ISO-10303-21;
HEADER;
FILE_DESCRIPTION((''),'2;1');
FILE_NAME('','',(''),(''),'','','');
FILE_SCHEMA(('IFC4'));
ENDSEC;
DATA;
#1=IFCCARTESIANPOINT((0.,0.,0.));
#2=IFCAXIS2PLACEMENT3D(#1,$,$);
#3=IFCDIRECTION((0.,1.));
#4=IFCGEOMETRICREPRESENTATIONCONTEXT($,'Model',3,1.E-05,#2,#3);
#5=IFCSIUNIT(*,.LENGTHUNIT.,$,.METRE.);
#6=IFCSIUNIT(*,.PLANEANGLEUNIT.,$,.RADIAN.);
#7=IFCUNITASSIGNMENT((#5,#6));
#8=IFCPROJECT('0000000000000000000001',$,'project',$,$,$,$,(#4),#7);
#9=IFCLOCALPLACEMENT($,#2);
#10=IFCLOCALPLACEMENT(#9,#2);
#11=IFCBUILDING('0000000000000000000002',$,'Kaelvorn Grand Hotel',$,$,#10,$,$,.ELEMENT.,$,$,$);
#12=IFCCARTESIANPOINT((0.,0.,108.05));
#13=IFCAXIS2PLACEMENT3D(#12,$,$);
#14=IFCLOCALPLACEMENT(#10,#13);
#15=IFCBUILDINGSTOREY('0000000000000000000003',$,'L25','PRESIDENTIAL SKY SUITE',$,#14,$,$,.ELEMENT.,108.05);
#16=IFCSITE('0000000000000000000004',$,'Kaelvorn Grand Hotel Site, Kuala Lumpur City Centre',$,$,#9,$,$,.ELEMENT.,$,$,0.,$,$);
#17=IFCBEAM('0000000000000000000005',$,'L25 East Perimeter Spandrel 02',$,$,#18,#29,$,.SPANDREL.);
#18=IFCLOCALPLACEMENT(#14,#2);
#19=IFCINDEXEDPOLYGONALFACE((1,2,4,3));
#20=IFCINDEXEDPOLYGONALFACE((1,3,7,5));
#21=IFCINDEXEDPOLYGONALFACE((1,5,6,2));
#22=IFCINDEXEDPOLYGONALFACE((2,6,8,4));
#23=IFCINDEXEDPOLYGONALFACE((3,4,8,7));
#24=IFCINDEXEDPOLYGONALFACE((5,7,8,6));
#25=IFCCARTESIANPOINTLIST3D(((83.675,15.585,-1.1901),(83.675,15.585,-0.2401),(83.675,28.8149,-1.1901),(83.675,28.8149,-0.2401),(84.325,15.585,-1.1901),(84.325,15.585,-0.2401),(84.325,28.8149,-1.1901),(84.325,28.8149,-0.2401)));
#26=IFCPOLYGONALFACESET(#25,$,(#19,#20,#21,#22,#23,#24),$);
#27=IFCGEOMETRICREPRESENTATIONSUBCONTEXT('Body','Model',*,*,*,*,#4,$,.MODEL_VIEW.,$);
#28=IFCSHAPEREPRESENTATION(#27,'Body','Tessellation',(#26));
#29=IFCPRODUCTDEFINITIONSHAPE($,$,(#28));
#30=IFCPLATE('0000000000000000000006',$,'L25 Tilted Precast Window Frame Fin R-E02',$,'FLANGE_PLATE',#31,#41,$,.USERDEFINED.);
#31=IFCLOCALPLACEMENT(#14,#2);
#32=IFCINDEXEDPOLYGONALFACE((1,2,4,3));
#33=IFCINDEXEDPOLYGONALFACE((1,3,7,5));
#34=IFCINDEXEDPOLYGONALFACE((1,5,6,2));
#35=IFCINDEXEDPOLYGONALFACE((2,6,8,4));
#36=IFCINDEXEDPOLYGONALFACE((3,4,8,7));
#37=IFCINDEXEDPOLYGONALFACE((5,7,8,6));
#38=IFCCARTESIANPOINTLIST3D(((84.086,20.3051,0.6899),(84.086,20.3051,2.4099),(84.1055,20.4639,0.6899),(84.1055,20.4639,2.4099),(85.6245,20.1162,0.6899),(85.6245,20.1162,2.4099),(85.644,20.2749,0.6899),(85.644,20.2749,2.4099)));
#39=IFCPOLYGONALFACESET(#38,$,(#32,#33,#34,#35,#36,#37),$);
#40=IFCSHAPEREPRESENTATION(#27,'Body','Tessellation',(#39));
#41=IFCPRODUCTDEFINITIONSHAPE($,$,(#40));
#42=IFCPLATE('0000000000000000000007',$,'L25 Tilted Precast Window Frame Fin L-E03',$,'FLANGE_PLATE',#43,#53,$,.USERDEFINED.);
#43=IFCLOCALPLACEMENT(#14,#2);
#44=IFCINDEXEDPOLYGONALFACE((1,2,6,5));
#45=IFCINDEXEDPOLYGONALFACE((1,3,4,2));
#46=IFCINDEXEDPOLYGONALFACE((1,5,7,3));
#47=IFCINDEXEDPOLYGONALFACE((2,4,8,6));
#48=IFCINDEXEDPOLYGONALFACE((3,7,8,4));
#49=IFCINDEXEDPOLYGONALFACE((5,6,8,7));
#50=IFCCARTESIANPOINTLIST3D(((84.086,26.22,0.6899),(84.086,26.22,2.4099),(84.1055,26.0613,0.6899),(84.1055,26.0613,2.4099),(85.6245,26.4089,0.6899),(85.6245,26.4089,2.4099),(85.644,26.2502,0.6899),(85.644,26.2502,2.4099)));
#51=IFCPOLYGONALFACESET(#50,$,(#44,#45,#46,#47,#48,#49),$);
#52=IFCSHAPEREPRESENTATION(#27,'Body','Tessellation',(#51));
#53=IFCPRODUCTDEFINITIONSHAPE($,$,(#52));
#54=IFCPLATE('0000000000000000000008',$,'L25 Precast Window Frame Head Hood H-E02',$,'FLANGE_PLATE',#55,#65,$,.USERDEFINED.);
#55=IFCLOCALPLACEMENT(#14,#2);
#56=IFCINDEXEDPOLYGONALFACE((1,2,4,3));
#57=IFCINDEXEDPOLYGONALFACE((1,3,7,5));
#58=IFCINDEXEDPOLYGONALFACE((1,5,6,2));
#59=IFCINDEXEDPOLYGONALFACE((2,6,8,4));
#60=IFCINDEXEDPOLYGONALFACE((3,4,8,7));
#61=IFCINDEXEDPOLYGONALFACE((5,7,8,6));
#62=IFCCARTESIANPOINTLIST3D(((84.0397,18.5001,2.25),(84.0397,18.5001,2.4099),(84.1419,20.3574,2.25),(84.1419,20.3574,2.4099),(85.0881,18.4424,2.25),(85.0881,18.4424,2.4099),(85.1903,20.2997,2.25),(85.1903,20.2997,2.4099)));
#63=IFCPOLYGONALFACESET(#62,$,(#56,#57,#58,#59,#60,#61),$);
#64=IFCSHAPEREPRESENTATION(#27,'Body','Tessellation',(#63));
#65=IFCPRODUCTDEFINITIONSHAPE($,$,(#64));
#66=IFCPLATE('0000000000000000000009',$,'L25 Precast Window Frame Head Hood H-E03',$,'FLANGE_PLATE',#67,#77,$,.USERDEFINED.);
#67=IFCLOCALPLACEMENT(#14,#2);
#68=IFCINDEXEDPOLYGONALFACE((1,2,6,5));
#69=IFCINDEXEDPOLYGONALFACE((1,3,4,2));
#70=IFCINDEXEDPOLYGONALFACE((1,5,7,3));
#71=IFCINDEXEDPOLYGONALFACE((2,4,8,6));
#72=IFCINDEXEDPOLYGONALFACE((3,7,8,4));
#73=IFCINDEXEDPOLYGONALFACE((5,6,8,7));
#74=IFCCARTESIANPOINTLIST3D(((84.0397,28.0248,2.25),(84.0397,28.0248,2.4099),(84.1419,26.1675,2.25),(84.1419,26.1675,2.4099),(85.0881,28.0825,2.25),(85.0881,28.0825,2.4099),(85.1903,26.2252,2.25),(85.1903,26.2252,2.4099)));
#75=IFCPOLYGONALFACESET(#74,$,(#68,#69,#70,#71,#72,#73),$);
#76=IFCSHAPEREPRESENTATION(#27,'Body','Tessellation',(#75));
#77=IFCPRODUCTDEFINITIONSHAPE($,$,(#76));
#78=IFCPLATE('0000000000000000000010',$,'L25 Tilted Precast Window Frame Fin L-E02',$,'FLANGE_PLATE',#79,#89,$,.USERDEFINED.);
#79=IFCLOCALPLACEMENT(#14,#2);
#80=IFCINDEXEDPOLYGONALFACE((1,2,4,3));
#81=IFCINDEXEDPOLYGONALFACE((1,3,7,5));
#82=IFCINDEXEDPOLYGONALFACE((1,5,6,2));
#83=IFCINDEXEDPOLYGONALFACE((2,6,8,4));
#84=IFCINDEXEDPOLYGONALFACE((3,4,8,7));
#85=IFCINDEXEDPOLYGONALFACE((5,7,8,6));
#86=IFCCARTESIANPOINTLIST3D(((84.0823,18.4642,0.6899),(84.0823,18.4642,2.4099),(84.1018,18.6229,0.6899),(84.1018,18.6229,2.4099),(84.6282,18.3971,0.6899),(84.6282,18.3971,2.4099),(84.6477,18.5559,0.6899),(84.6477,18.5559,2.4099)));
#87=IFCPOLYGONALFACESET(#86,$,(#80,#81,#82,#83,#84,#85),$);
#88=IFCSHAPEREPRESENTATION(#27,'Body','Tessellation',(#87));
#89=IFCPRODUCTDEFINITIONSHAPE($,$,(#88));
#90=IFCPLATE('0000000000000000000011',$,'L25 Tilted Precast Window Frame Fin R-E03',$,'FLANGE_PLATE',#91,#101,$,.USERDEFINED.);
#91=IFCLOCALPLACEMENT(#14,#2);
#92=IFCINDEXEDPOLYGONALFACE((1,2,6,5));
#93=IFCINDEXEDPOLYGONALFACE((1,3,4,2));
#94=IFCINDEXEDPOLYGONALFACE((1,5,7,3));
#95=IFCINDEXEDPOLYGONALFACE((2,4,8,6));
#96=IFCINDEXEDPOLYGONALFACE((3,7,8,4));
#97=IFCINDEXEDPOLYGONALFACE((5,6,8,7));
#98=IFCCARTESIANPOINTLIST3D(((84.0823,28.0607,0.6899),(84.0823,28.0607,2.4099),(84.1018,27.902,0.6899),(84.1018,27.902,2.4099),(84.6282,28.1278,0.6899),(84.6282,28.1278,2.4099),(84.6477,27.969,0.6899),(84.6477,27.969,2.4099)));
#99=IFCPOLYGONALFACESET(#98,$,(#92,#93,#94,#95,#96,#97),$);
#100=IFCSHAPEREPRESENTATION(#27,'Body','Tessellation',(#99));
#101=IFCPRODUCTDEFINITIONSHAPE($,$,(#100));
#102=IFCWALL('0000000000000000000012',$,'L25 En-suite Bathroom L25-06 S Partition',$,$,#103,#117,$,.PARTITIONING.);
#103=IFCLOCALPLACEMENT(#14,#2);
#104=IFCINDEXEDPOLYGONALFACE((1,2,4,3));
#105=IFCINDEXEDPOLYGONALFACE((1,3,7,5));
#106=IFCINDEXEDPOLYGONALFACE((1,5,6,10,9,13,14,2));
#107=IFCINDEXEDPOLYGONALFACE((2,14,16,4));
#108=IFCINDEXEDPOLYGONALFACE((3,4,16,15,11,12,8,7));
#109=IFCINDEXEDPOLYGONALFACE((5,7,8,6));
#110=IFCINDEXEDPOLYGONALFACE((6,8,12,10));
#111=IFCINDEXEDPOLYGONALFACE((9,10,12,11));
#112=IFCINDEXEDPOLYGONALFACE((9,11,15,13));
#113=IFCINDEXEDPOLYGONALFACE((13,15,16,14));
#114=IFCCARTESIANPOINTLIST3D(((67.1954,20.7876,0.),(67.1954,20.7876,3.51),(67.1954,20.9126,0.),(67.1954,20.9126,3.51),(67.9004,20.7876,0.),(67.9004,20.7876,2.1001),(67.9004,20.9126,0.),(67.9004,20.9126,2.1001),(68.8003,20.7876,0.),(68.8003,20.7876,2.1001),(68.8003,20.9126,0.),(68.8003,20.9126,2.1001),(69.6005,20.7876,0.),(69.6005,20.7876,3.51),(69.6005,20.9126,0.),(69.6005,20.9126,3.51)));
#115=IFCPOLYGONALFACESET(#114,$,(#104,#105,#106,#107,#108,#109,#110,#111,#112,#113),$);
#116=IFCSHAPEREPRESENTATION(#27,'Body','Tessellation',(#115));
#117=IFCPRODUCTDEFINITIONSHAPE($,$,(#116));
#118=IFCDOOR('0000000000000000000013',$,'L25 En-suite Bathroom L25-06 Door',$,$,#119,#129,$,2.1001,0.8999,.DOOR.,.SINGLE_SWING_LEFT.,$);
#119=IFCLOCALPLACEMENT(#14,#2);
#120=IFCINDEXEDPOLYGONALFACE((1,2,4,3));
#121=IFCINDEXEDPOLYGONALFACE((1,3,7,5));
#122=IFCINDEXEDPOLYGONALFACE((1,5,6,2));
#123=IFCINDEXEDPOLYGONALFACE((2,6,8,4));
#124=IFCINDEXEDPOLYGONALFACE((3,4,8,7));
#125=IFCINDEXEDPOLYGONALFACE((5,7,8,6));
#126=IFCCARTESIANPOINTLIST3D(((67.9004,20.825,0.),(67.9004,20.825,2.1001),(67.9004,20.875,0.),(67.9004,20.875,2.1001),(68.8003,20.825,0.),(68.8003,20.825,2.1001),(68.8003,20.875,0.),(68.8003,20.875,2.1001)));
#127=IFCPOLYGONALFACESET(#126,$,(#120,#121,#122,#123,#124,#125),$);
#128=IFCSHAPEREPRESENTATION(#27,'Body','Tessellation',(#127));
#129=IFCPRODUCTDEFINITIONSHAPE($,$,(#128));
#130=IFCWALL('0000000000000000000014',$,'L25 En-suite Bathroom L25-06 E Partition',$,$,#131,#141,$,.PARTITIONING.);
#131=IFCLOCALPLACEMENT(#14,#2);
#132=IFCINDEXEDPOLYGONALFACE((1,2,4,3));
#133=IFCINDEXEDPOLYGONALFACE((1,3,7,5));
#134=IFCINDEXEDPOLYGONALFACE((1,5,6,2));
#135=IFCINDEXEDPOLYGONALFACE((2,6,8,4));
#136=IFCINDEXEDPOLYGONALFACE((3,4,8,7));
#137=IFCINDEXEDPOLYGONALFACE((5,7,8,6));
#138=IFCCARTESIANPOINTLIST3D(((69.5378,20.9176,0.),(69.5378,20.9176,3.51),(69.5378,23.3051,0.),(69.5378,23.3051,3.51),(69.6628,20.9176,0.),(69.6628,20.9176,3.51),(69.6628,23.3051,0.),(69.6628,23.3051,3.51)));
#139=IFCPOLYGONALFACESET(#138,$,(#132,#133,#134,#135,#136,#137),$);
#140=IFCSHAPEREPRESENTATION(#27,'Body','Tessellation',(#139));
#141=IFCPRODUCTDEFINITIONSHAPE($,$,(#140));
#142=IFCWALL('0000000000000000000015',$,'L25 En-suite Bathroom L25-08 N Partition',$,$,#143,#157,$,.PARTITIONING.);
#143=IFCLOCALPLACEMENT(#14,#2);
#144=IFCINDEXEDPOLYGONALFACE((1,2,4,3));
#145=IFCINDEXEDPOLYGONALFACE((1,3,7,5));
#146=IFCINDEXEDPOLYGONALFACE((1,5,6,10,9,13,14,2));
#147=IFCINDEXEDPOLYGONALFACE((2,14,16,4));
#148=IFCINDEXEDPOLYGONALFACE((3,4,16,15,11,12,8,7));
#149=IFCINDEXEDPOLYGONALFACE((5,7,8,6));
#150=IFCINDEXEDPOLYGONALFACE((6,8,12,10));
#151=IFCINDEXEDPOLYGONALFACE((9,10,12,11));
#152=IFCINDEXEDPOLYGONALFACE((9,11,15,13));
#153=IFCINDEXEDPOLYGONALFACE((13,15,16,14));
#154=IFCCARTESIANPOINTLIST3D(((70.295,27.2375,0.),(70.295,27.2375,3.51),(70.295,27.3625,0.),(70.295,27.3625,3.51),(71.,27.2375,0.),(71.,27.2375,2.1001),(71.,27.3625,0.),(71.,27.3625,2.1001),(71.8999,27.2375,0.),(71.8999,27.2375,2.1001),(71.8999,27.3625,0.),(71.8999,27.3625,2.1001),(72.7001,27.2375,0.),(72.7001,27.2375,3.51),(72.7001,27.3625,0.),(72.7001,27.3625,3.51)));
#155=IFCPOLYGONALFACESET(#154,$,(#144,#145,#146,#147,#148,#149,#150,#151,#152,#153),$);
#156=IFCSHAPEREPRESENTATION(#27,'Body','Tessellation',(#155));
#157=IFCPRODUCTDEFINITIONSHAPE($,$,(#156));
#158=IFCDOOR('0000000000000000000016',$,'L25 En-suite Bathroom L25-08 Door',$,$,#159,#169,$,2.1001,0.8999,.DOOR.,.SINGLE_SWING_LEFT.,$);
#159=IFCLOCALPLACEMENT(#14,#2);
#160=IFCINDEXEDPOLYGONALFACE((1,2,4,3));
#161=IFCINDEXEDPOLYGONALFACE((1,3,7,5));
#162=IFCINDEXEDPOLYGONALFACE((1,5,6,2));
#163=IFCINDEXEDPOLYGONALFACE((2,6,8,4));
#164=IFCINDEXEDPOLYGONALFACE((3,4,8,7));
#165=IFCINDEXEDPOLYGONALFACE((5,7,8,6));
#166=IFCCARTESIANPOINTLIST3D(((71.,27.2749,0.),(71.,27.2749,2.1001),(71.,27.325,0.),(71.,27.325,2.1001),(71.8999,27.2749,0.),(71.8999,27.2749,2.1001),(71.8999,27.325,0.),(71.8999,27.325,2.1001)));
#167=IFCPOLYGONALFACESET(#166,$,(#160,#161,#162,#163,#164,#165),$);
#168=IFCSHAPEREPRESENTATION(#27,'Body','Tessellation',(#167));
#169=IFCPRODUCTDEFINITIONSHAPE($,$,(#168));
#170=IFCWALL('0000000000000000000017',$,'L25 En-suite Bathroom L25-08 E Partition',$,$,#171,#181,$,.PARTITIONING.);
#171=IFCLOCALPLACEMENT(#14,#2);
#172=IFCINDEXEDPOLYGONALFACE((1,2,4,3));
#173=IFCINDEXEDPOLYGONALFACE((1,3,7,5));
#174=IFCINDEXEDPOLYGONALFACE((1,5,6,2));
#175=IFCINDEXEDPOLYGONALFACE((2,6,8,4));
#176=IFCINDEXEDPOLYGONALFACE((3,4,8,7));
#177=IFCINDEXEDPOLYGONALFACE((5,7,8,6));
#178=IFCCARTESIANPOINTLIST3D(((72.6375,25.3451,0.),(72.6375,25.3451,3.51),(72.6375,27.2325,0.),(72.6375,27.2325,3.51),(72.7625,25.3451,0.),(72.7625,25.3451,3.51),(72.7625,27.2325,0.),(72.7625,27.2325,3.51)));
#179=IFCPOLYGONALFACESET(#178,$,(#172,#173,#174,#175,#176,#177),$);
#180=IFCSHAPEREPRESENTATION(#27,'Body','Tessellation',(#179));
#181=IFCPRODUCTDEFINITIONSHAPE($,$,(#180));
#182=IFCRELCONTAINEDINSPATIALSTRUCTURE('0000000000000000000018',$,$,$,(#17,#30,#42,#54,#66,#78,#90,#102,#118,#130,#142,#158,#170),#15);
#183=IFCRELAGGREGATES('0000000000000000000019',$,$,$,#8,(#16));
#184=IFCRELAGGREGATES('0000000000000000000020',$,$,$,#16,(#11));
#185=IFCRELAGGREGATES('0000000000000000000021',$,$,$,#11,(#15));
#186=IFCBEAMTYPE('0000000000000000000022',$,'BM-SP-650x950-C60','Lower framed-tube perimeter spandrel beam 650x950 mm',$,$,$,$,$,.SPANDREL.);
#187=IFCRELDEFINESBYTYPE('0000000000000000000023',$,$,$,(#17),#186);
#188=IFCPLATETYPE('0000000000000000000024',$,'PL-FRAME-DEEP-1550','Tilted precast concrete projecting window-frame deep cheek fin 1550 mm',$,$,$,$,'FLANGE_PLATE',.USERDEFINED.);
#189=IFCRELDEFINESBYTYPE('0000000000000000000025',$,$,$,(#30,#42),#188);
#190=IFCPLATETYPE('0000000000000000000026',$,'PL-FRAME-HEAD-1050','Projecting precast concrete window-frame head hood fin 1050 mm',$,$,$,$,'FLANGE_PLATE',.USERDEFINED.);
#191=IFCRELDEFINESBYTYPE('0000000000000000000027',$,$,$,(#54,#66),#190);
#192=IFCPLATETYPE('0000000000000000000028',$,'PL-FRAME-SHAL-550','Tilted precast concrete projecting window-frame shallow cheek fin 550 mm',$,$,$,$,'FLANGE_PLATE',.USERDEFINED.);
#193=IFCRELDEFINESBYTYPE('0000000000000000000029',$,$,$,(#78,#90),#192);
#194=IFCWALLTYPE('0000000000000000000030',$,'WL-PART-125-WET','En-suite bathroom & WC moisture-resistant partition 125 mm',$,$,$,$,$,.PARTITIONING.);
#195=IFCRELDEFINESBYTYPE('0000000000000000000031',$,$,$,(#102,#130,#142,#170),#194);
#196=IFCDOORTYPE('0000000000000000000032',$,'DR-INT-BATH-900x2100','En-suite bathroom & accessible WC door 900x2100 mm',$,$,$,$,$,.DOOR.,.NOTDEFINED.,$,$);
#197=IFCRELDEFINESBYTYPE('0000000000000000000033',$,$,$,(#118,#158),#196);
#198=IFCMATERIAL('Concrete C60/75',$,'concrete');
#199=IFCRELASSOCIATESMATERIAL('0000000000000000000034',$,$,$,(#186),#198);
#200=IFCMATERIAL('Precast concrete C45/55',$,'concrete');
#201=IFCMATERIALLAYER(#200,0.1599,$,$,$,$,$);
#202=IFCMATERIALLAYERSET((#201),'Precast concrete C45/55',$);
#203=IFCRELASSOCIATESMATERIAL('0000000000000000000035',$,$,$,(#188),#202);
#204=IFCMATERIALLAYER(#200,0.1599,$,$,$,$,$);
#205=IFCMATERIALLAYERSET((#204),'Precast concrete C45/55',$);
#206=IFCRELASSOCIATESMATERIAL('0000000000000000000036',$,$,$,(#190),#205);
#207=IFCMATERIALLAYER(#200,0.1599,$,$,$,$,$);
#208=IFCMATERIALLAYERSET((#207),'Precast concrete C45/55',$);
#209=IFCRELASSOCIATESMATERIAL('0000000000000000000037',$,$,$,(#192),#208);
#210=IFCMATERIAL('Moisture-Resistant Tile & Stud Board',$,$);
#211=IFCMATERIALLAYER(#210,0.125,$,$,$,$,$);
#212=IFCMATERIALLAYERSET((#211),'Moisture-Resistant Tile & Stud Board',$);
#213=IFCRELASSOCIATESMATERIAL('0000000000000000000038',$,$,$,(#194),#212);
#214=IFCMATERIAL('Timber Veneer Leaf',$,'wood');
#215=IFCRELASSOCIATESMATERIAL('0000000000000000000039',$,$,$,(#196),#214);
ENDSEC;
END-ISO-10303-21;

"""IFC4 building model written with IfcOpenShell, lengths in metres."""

from ifc_helpers import new_model, si_unit, direction, frame, frame_2d, origin, origin_2d, place, context, subcontext, project, spatial, rectangle, extrude, material, layer, layer_set, material_profile, profile_set, type_object, element, fill, save


model = new_model("IFC4")

# Units and contexts
model_context = context("Model", 3, precision=1e-05, world=origin(), true_north=direction((0.0, 1.0)))
body_context = subcontext(model_context, "Body", "Model", "MODEL_VIEW")
ifc_project = project(units=[si_unit("LENGTHUNIT", "METRE"), si_unit("PLANEANGLEUNIT", "RADIAN")], contexts=[model_context])

# Site, building, storey
site_placement = place(None, origin())
site = spatial("IfcSite", under=ifc_project, at=site_placement, Name="Kaelvorn Grand Hotel Site, Kuala Lumpur City Centre", CompositionType="ELEMENT", RefElevation=0.0)
building_placement = place(site_placement, origin())
building = spatial("IfcBuilding", under=site, at=building_placement, Name="Kaelvorn Grand Hotel", CompositionType="ELEMENT")
storey_placement = place(building_placement, frame((0.0, 0.0, 108.05)))
storey = spatial("IfcBuildingStorey", under=building, at=storey_placement, Name="L25", Description="PRESIDENTIAL SKY SUITE", CompositionType="ELEMENT", Elevation=108.05)

# Shared definitions
ifc_material_1 = material(Name="Concrete C60/75", Category="concrete")

# Beam
ifc_material_profile_1 = material_profile(ifc_material_1, rectangle(XDim=0.6499, YDim=0.95, at=origin_2d()), Name="RC SPANDREL 650x950")
ifc_profile_set_1 = profile_set([ifc_material_profile_1], Name="Concrete C60/75")
beam_type_1 = type_object("IfcBeamType", Name="BM-SP-650x950-C60", Description="Lower framed-tube perimeter spandrel beam 650x950 mm", PredefinedType="SPANDREL", material=ifc_profile_set_1)
beam_1_placement = place(storey_placement, frame((84.0, 15.585, -0.7151), z_axis=(0.0, 1.0, 0.0), x_axis=(-1.0, 0.0, 0.0)))
element("IfcBeam", 1, at=beam_1_placement, inside=storey, type_object=beam_type_1, Name="L25 East Perimeter Spandrel 02", PredefinedType="SPANDREL", context=body_context, shape_type="SweptSolid", body=[
    extrude(rectangle(XDim=0.6499, YDim=0.95, at=origin_2d()), origin(), (0.0, 0.0, 1.0), 13.23),
])

# Plates
ifc_material_2 = material(Name="Precast concrete C45/55", Category="concrete")
ifc_layer_1 = layer(ifc_material_2, 0.1599)
ifc_layer_set_1 = layer_set([ifc_layer_1], Name="Precast concrete C45/55")
plate_type_1 = type_object("IfcPlateType", Name="PL-FRAME-DEEP-1550", Description="Tilted precast concrete projecting window-frame deep cheek fin 1550 mm", ElementType="FLANGE_PLATE", PredefinedType="USERDEFINED", material=ifc_layer_set_1)
for number, where, z_axis, x_axis, name in (
    (2, (84.865, 20.29, 0.6899), (0.0, 0.0, 1.0), (0.121869, 0.992546, 0.0), "L25 Tilted Precast Window Frame Fin R-E02"),
    (3, (84.865, 26.2351, 0.6899), (0.0, 0.0, 1.0), (-0.121869, 0.992546, 0.0), "L25 Tilted Precast Window Frame Fin L-E03"),
):
    element("IfcPlate", number, at=place(storey_placement, frame(where, z_axis=z_axis, x_axis=x_axis)), inside=storey, type_object=plate_type_1, Name=name, ObjectType="FLANGE_PLATE", PredefinedType="USERDEFINED", context=body_context, shape_type="SweptSolid", body=[
        extrude(rectangle(XDim=0.1599, YDim=1.55, at=origin_2d()), origin(), (0.0, 0.0, 1.0), 1.72),
    ])
ifc_layer_2 = layer(ifc_material_2, 0.1599)
ifc_layer_set_2 = layer_set([ifc_layer_2], Name="Precast concrete C45/55")
plate_type_2 = type_object("IfcPlateType", Name="PL-FRAME-HEAD-1050", Description="Projecting precast concrete window-frame head hood fin 1050 mm", ElementType="FLANGE_PLATE", PredefinedType="USERDEFINED", material=ifc_layer_set_2)
for number, where, z_axis, x_axis, name in (
    (4, (84.615, 19.3999, 2.25), (0.0, 0.0, 1.0), (0.05495, 0.998489, 0.0), "L25 Precast Window Frame Head Hood H-E02"),
    (5, (84.615, 27.125, 2.25), (0.0, 0.0, 1.0), (-0.05495, 0.998489, 0.0), "L25 Precast Window Frame Head Hood H-E03"),
):
    element("IfcPlate", number, at=place(storey_placement, frame(where, z_axis=z_axis, x_axis=x_axis)), inside=storey, type_object=plate_type_2, Name=name, ObjectType="FLANGE_PLATE", PredefinedType="USERDEFINED", context=body_context, shape_type="SweptSolid", body=[
        extrude(rectangle(XDim=1.8601, YDim=1.05, at=origin_2d()), origin(), (0.0, 0.0, 1.0), 0.1599),
    ])
ifc_layer_3 = layer(ifc_material_2, 0.1599)
ifc_layer_set_3 = layer_set([ifc_layer_3], Name="Precast concrete C45/55")
plate_type_3 = type_object("IfcPlateType", Name="PL-FRAME-SHAL-550", Description="Tilted precast concrete projecting window-frame shallow cheek fin 550 mm", ElementType="FLANGE_PLATE", PredefinedType="USERDEFINED", material=ifc_layer_set_3)
for number, where, z_axis, x_axis, name in (
    (6, (84.365, 18.51, 0.6899), (0.0, 0.0, 1.0), (0.121869, 0.992546, 0.0), "L25 Tilted Precast Window Frame Fin L-E02"),
    (7, (84.365, 28.0149, 0.6899), (0.0, 0.0, 1.0), (-0.121869, 0.992546, 0.0), "L25 Tilted Precast Window Frame Fin R-E03"),
):
    element("IfcPlate", number, at=place(storey_placement, frame(where, z_axis=z_axis, x_axis=x_axis)), inside=storey, type_object=plate_type_3, Name=name, ObjectType="FLANGE_PLATE", PredefinedType="USERDEFINED", context=body_context, shape_type="SweptSolid", body=[
        extrude(rectangle(XDim=0.1599, YDim=0.55, at=origin_2d()), origin(), (0.0, 0.0, 1.0), 1.72),
    ])

# Wall, opening, door
ifc_material_3 = material(Name="Moisture-Resistant Tile & Stud Board")
ifc_layer_4 = layer(ifc_material_3, 0.125)
ifc_layer_set_4 = layer_set([ifc_layer_4], Name="Moisture-Resistant Tile & Stud Board")
wall_type_1 = type_object("IfcWallType", Name="WL-PART-125-WET", Description="En-suite bathroom & WC moisture-resistant partition 125 mm", PredefinedType="PARTITIONING", material=ifc_layer_set_4)
wall_1_placement = place(storey_placement, frame((67.1953, 20.8501, 0.0), z_axis=(0.0, 0.0, 1.0), x_axis=(1.0, 0.0, 0.0)))
wall_1 = element("IfcWall", 8, at=wall_1_placement, inside=storey, type_object=wall_type_1, Name="L25 En-suite Bathroom L25-06 S Partition", PredefinedType="PARTITIONING", context=body_context, shape_type="SweptSolid", body=[
    extrude(rectangle(XDim=2.405, YDim=0.125, at=frame_2d((1.2026, 0.0))), origin(), (0.0, 0.0, 1.0), 3.51),
])
opening_1_placement = place(wall_1_placement, frame((0.7051, 0.0, 0.0)))
opening_1 = element("IfcOpeningElement", 9, at=opening_1_placement, cuts=wall_1, PredefinedType="OPENING", context=body_context, shape_type="SweptSolid", body=[
    extrude(rectangle(XDim=0.8999, YDim=2.1001, at=frame_2d((0.45, 1.05))), frame((0.0, 0.0725, 0.0), z_axis=(0.0, -1.0, 0.0), x_axis=(1.0, 0.0, 0.0)), (0.0, 0.0, 1.0), 0.145),
])
ifc_material_4 = material(Name="Timber Veneer Leaf", Category="wood")
door_type_1 = type_object("IfcDoorType", Name="DR-INT-BATH-900x2100", Description="En-suite bathroom & accessible WC door 900x2100 mm", OperationType="NOTDEFINED", PredefinedType="DOOR", material=ifc_material_4)
door_1_placement = place(opening_1_placement, origin())
door_1 = element("IfcDoor", 10, at=door_1_placement, inside=storey, type_object=door_type_1, Name="L25 En-suite Bathroom L25-06 Door", OperationType="SINGLE_SWING_LEFT", OverallHeight=2.1001, OverallWidth=0.8999, PredefinedType="DOOR", context=body_context, shape_type="SweptSolid", body=[
    extrude(rectangle(XDim=0.8999, YDim=2.1001, at=frame_2d((0.45, 1.05))), frame((0.0, 0.0249, 0.0), z_axis=(0.0, -1.0, 0.0), x_axis=(1.0, 0.0, 0.0)), (0.0, 0.0, 1.0), 0.05),
])
fill(opening_1, door_1)

# Wall
wall_2_placement = place(storey_placement, frame((69.6003, 20.9175, 0.0), z_axis=(0.0, 0.0, 1.0), x_axis=(0.0, 1.0, 0.0)))
element("IfcWall", 11, at=wall_2_placement, inside=storey, type_object=wall_type_1, Name="L25 En-suite Bathroom L25-06 E Partition", PredefinedType="PARTITIONING", context=body_context, shape_type="SweptSolid", body=[
    extrude(rectangle(XDim=2.3875, YDim=0.125, at=frame_2d((1.1938, 0.0))), origin(), (0.0, 0.0, 1.0), 3.51),
])

# Wall, opening, door
wall_3_placement = place(storey_placement, frame((70.2949, 27.3, 0.0), z_axis=(0.0, 0.0, 1.0), x_axis=(1.0, 0.0, 0.0)))
wall_3 = element("IfcWall", 12, at=wall_3_placement, inside=storey, type_object=wall_type_1, Name="L25 En-suite Bathroom L25-08 N Partition", PredefinedType="PARTITIONING", context=body_context, shape_type="SweptSolid", body=[
    extrude(rectangle(XDim=2.405, YDim=0.125, at=frame_2d((1.2026, 0.0))), origin(), (0.0, 0.0, 1.0), 3.51),
])
opening_2_placement = place(wall_3_placement, frame((0.7051, 0.0, 0.0)))
opening_2 = element("IfcOpeningElement", 13, at=opening_2_placement, cuts=wall_3, PredefinedType="OPENING", context=body_context, shape_type="SweptSolid", body=[
    extrude(rectangle(XDim=0.8999, YDim=2.1001, at=frame_2d((0.45, 1.05))), frame((0.0, 0.0725, 0.0), z_axis=(0.0, -1.0, 0.0), x_axis=(1.0, 0.0, 0.0)), (0.0, 0.0, 1.0), 0.145),
])
door_2_placement = place(opening_2_placement, origin())
door_2 = element("IfcDoor", 14, at=door_2_placement, inside=storey, type_object=door_type_1, Name="L25 En-suite Bathroom L25-08 Door", OperationType="SINGLE_SWING_LEFT", OverallHeight=2.1001, OverallWidth=0.8999, PredefinedType="DOOR", context=body_context, shape_type="SweptSolid", body=[
    extrude(rectangle(XDim=0.8999, YDim=2.1001, at=frame_2d((0.45, 1.05))), frame((0.0, 0.0249, 0.0), z_axis=(0.0, -1.0, 0.0), x_axis=(1.0, 0.0, 0.0)), (0.0, 0.0, 1.0), 0.05),
])
fill(opening_2, door_2)

# Wall
wall_4_placement = place(storey_placement, frame((72.7, 25.345, 0.0), z_axis=(0.0, 0.0, 1.0), x_axis=(0.0, 1.0, 0.0)))
element("IfcWall", 15, at=wall_4_placement, inside=storey, type_object=wall_type_1, Name="L25 En-suite Bathroom L25-08 E Partition", PredefinedType="PARTITIONING", context=body_context, shape_type="SweptSolid", body=[
    extrude(rectangle(XDim=1.8875, YDim=0.125, at=frame_2d((0.9438, 0.0))), origin(), (0.0, 0.0, 1.0), 3.51),
])

save(model, "model.ifc")
